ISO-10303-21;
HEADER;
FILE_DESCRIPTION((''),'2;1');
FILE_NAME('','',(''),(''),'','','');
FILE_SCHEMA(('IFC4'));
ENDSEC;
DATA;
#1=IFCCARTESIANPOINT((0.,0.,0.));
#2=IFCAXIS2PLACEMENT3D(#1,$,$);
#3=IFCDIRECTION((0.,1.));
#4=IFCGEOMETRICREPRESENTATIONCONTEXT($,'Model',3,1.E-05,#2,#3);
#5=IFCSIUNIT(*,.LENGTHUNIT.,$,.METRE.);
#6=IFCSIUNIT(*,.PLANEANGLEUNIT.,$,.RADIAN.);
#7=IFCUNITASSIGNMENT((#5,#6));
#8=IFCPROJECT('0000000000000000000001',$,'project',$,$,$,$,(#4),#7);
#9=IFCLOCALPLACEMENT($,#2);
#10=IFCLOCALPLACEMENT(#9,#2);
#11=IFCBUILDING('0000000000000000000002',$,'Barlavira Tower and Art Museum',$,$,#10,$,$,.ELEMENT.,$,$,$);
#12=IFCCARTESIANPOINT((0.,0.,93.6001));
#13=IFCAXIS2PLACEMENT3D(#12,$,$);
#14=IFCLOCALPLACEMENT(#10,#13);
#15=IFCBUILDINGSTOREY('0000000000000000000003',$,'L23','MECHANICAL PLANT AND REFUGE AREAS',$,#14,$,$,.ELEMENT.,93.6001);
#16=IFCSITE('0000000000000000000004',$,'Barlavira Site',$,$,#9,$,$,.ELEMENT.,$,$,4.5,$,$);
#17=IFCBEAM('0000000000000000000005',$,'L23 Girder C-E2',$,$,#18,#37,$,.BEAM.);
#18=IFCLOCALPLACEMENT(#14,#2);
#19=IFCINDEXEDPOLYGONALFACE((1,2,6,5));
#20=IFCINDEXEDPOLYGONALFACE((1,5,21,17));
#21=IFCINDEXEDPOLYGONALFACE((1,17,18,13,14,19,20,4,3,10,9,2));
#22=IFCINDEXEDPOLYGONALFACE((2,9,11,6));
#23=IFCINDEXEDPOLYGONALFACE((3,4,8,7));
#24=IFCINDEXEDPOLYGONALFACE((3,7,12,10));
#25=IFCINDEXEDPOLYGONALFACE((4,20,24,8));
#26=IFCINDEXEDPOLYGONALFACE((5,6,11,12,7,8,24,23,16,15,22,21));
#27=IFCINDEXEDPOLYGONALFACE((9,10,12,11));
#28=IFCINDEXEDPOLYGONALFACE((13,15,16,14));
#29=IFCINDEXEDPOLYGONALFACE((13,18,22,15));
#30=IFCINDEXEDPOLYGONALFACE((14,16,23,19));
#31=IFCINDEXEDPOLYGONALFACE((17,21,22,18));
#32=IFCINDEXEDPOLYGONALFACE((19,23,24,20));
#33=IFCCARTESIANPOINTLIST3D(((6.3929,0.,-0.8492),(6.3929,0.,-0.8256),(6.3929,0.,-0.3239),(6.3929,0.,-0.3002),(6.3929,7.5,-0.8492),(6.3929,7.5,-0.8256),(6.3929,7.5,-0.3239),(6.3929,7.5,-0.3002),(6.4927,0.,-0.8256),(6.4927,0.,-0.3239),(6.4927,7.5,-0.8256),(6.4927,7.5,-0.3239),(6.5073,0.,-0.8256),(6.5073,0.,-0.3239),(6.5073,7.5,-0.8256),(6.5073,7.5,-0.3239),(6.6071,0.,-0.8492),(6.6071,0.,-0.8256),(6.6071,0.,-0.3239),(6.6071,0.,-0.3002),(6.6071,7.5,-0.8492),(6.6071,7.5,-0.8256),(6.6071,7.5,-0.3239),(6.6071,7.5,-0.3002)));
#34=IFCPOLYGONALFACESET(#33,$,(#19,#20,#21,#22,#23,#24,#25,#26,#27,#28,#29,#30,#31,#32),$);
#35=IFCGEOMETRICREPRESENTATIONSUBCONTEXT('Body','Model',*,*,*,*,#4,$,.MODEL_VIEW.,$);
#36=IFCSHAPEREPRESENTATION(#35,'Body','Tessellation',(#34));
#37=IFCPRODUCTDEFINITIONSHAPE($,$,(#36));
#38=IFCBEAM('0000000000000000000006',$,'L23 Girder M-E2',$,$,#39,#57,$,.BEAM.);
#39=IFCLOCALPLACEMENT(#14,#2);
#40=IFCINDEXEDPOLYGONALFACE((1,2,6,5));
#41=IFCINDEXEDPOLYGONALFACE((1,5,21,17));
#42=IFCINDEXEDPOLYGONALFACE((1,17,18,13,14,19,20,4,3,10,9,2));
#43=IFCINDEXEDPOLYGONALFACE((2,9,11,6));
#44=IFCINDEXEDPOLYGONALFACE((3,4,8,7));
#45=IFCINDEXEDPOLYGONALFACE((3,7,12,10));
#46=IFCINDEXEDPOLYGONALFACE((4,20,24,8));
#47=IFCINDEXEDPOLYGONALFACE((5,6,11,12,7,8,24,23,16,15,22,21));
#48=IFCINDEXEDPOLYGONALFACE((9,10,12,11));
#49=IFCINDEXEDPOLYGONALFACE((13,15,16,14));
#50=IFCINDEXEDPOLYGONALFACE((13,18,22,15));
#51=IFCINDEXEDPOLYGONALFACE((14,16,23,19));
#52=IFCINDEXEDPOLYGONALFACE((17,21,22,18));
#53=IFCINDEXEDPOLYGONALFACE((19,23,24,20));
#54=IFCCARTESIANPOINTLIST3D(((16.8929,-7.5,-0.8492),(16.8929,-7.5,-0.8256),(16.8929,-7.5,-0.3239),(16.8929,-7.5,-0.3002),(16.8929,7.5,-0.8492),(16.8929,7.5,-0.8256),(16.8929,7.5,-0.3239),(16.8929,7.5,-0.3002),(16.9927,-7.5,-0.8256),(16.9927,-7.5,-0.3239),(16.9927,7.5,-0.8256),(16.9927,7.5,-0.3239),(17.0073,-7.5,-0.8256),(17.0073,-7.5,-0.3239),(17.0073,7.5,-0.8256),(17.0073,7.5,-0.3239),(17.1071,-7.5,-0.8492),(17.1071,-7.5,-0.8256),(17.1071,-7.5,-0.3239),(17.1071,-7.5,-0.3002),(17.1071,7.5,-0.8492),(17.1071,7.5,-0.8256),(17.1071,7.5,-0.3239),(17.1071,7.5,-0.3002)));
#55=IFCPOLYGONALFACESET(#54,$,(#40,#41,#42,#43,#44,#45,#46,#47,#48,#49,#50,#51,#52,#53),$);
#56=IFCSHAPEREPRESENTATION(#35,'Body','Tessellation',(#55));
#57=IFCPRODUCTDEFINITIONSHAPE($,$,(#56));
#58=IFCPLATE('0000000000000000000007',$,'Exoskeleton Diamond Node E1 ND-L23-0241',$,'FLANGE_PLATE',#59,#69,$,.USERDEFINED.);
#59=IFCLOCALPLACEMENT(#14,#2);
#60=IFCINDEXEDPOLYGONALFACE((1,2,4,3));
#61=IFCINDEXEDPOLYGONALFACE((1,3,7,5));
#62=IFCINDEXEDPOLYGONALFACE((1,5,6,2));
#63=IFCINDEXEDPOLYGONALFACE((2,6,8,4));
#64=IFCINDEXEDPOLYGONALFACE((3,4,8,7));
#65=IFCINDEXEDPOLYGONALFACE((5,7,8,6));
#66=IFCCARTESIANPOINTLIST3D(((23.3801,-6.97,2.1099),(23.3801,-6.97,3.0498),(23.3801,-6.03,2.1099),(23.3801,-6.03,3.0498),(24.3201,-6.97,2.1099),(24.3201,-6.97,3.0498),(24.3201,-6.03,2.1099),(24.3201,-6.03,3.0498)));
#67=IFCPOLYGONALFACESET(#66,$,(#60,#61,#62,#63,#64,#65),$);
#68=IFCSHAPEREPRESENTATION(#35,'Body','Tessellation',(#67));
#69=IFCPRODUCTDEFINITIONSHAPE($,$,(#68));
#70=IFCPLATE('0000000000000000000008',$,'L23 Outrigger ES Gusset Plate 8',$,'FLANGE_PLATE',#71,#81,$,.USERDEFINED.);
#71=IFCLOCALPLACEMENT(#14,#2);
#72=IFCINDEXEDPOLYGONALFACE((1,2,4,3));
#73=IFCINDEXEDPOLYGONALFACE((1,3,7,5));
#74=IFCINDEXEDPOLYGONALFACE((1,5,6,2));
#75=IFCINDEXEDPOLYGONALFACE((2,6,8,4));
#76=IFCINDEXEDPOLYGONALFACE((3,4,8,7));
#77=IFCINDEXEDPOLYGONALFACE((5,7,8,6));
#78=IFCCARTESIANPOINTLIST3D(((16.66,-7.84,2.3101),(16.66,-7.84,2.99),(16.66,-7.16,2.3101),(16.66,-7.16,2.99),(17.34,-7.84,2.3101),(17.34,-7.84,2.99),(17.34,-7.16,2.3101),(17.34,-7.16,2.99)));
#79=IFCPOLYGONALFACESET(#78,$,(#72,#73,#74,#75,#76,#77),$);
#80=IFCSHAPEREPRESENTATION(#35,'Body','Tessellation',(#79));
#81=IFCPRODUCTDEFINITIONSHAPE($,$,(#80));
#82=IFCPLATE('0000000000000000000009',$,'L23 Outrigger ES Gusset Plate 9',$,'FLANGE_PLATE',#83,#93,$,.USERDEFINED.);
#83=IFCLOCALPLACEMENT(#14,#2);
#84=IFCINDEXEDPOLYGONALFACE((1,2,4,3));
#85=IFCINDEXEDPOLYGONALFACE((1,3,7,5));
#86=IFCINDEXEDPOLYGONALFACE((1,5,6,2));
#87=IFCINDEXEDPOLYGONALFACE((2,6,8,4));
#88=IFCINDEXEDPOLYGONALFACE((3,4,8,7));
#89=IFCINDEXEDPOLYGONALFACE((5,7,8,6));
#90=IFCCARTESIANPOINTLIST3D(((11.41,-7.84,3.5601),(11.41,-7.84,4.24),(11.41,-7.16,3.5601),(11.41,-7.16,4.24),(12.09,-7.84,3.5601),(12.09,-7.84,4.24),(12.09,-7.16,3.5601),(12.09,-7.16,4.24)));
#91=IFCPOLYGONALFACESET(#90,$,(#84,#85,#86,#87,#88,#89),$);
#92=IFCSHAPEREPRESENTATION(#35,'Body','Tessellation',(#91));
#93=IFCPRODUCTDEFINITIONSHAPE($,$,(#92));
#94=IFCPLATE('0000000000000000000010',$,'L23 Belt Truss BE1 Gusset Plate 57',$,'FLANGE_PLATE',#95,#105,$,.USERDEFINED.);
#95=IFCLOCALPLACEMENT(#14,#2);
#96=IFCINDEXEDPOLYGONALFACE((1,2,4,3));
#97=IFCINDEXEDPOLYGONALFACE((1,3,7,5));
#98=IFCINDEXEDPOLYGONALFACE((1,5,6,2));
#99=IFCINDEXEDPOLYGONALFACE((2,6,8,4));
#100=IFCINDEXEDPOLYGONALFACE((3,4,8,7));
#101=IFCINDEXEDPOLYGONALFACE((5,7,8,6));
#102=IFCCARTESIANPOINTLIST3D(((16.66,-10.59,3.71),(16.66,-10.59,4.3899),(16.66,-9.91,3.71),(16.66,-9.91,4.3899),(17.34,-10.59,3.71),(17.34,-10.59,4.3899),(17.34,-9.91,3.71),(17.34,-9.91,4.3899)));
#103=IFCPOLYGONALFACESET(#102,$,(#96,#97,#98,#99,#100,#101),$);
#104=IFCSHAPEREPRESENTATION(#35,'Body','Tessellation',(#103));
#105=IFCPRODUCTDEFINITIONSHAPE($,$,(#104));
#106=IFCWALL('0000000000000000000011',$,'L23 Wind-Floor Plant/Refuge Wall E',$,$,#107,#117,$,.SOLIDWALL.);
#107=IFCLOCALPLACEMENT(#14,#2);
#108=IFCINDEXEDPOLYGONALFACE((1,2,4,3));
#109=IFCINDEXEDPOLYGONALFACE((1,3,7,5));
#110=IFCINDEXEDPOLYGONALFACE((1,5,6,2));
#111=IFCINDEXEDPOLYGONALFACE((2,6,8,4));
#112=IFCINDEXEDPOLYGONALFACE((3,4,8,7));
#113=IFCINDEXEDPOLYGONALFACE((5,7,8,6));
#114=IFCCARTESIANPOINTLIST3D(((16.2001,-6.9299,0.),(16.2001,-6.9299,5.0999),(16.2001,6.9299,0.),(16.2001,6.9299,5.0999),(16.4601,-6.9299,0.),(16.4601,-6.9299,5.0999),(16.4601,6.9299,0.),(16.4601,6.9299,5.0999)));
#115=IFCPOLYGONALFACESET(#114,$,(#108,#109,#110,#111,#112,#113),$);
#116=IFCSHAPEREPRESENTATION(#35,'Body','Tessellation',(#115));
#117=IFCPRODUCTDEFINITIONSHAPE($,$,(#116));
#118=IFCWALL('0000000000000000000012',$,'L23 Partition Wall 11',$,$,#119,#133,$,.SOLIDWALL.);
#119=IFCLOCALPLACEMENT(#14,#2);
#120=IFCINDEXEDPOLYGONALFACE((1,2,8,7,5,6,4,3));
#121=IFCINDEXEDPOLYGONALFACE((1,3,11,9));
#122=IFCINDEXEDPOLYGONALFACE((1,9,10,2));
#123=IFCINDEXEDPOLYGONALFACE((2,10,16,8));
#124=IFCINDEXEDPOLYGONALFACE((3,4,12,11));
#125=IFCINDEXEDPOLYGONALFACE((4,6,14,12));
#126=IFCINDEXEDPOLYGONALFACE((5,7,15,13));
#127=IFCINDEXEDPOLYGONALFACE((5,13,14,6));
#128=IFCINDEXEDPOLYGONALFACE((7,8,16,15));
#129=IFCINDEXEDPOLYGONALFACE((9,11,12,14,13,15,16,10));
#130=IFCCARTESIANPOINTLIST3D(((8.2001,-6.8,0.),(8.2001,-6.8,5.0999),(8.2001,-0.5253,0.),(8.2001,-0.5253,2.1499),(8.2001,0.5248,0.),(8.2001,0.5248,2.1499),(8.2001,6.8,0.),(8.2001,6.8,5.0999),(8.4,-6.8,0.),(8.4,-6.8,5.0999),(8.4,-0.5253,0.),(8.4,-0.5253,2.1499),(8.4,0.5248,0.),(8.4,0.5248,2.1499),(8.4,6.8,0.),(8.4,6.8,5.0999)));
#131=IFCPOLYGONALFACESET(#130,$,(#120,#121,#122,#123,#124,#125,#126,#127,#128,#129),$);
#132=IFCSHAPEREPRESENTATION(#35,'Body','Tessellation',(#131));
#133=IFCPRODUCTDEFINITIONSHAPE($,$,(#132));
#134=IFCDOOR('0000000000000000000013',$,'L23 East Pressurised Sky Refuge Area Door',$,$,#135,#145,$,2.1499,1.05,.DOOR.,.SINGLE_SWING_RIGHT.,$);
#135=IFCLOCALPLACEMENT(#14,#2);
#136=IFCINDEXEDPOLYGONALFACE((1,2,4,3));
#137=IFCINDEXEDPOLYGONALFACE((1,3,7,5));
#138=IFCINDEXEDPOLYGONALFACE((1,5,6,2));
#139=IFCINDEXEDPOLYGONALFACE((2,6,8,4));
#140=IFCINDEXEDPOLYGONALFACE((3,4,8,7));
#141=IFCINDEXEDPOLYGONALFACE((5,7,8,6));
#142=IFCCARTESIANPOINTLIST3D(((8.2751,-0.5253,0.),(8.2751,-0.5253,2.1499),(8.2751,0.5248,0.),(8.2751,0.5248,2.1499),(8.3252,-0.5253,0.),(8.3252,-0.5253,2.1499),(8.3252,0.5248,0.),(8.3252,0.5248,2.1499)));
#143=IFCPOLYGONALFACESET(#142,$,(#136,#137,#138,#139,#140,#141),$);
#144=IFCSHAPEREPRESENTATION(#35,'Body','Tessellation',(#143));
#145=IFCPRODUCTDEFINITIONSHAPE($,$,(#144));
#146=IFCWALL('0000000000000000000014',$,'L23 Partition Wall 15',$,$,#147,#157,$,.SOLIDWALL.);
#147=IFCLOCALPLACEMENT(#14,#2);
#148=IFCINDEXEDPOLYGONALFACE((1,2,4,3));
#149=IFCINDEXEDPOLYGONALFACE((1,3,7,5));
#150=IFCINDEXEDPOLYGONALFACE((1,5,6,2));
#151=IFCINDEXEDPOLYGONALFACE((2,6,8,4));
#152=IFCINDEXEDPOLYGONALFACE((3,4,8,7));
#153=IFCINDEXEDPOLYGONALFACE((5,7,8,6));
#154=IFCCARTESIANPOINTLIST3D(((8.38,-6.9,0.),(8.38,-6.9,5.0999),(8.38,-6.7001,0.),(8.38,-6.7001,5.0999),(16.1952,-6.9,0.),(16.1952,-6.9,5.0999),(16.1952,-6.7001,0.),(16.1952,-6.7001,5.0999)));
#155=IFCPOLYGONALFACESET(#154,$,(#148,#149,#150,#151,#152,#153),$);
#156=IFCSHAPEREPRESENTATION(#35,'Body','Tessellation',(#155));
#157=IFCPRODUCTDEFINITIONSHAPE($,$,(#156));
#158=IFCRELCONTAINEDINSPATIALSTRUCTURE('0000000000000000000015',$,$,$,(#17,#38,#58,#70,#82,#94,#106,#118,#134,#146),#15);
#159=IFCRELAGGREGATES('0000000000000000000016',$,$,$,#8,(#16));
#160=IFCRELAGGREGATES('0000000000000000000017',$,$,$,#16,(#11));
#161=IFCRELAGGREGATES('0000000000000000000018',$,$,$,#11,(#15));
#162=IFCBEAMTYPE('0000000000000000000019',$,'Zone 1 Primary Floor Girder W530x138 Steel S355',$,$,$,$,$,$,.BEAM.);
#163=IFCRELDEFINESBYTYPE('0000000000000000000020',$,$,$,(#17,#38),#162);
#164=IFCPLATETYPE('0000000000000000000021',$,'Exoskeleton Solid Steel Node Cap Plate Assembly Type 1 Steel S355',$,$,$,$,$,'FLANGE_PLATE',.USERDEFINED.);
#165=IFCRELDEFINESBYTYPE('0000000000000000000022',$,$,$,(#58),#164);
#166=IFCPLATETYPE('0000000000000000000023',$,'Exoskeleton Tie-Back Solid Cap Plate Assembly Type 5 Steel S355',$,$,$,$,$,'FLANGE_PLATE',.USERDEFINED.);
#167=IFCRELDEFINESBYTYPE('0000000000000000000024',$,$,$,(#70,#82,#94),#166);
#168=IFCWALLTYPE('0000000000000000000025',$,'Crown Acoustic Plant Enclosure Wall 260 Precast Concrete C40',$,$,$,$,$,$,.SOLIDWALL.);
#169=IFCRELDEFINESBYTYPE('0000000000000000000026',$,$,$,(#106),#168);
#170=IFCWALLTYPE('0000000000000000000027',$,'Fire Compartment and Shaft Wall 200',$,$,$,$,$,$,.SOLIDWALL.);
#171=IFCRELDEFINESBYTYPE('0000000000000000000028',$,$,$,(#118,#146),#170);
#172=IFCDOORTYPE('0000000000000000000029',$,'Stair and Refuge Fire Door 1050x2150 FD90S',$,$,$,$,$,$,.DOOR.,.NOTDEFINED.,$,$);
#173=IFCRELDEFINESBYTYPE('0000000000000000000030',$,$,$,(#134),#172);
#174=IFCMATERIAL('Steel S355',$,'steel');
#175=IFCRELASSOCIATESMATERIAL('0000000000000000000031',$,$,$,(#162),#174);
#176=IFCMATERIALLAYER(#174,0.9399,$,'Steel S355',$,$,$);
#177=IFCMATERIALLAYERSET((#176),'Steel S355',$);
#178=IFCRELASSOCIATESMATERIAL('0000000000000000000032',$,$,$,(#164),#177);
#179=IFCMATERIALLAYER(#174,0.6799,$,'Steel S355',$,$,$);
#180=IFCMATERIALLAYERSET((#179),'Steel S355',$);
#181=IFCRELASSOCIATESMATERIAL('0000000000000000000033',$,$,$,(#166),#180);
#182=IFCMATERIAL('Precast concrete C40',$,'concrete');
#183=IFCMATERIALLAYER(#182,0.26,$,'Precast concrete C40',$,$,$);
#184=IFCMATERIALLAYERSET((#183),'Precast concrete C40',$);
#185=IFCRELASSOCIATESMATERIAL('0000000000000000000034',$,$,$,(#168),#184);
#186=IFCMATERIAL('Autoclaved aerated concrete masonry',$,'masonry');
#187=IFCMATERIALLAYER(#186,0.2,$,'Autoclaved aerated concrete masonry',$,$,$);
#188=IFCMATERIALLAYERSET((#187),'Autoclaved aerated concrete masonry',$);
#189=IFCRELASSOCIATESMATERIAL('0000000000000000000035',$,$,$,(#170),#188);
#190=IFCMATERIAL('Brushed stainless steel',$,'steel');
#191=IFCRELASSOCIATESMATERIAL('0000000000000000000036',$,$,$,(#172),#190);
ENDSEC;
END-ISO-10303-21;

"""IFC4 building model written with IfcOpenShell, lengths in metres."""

from ifc_helpers import new_model, si_unit, direction, frame, frame_2d, origin, origin_2d, place, context, subcontext, project, spatial, rectangle, i_section, extrude, material, layer, layer_set, material_profile, profile_set, type_object, element, fill, save


model = new_model("IFC4")

# Units and contexts
model_context = context("Model", 3, precision=1e-05, world=origin(), true_north=direction((0.0, 1.0)))
body_context = subcontext(model_context, "Body", "Model", "MODEL_VIEW")
ifc_project = project(units=[si_unit("LENGTHUNIT", "METRE"), si_unit("PLANEANGLEUNIT", "RADIAN")], contexts=[model_context])

# Site, building, storey
site_placement = place(None, origin())
site = spatial("IfcSite", under=ifc_project, at=site_placement, Name="Barlavira Site", CompositionType="ELEMENT", RefElevation=4.5)
building_placement = place(site_placement, origin())
building = spatial("IfcBuilding", under=site, at=building_placement, Name="Barlavira Tower and Art Museum", CompositionType="ELEMENT")
storey_placement = place(building_placement, frame((0.0, 0.0, 93.6001)))
storey = spatial("IfcBuildingStorey", under=building, at=storey_placement, Name="L23", Description="MECHANICAL PLANT AND REFUGE AREAS", CompositionType="ELEMENT", Elevation=93.6001)

# Shared definitions
ifc_material_1 = material(Name="Steel S355", Category="steel")

# Beams
ifc_material_profile_1 = material_profile(ifc_material_1, i_section(OverallWidth=0.2141, OverallDepth=0.5491, WebThickness=0.0146, FlangeThickness=0.0237, at=origin_2d()), Name="W530x138.0")
ifc_profile_set_1 = profile_set([ifc_material_profile_1], Name="Steel S355")
beam_type_1 = type_object("IfcBeamType", Name="Zone 1 Primary Floor Girder W530x138 Steel S355", PredefinedType="BEAM", material=ifc_profile_set_1)
beam_1_placement = place(storey_placement, frame((6.5, 0.0, -0.5747), z_axis=(0.0, 1.0, 0.0), x_axis=(-1.0, 0.0, 0.0)))
element("IfcBeam", 1, at=beam_1_placement, inside=storey, type_object=beam_type_1, Name="L23 Girder C-E2", PredefinedType="BEAM", context=body_context, shape_type="SweptSolid", body=[
    extrude(i_section(OverallWidth=0.2141, OverallDepth=0.5491, WebThickness=0.0146, FlangeThickness=0.0237, at=origin_2d()), origin(), (0.0, 0.0, 1.0), 7.5),
])
beam_2_placement = place(storey_placement, frame((17.0, -7.5, -0.5747), z_axis=(0.0, 1.0, 0.0), x_axis=(-1.0, 0.0, 0.0)))
element("IfcBeam", 2, at=beam_2_placement, inside=storey, type_object=beam_type_1, Name="L23 Girder M-E2", PredefinedType="BEAM", context=body_context, shape_type="SweptSolid", body=[
    extrude(i_section(OverallWidth=0.2141, OverallDepth=0.5491, WebThickness=0.0146, FlangeThickness=0.0237, at=origin_2d()), origin(), (0.0, 0.0, 1.0), 15.0),
])

# Plates
ifc_layer_1 = layer(ifc_material_1, 0.9399, Name="Steel S355")
ifc_layer_set_1 = layer_set([ifc_layer_1], Name="Steel S355")
plate_type_1 = type_object("IfcPlateType", Name="Exoskeleton Solid Steel Node Cap Plate Assembly Type 1 Steel S355", ElementType="FLANGE_PLATE", PredefinedType="USERDEFINED", material=ifc_layer_set_1)
plate_placement = place(storey_placement, frame((23.8501, -6.5, 2.1099), z_axis=(0.0, 0.0, 1.0), x_axis=(1.0, 0.0, 0.0)))
element("IfcPlate", 3, at=plate_placement, inside=storey, type_object=plate_type_1, Name="Exoskeleton Diamond Node E1 ND-L23-0241", ObjectType="FLANGE_PLATE", PredefinedType="USERDEFINED", context=body_context, shape_type="SweptSolid", body=[
    extrude(rectangle(XDim=0.9399, YDim=0.9399, at=origin_2d()), origin(), (0.0, 0.0, 1.0), 0.9399),
])
ifc_layer_2 = layer(ifc_material_1, 0.6799, Name="Steel S355")
ifc_layer_set_2 = layer_set([ifc_layer_2], Name="Steel S355")
plate_type_2 = type_object("IfcPlateType", Name="Exoskeleton Tie-Back Solid Cap Plate Assembly Type 5 Steel S355", ElementType="FLANGE_PLATE", PredefinedType="USERDEFINED", material=ifc_layer_set_2)
for number, where, z_axis, x_axis, name in (
    (4, (17.0, -7.5, 2.3101), (0.0, 0.0, 1.0), (1.0, 0.0, 0.0), "L23 Outrigger ES Gusset Plate 8"),
    (5, (11.75, -7.5, 3.5601), (0.0, 0.0, 1.0), (1.0, 0.0, 0.0), "L23 Outrigger ES Gusset Plate 9"),
    (6, (17.0, -10.25, 3.71), (0.0, 0.0, 1.0), (1.0, 0.0, 0.0), "L23 Belt Truss BE1 Gusset Plate 57"),
):
    element("IfcPlate", number, at=place(storey_placement, frame(where, z_axis=z_axis, x_axis=x_axis)), inside=storey, type_object=plate_type_2, Name=name, ObjectType="FLANGE_PLATE", PredefinedType="USERDEFINED", context=body_context, shape_type="SweptSolid", body=[
        extrude(rectangle(XDim=0.6799, YDim=0.6799, at=origin_2d()), origin(), (0.0, 0.0, 1.0), 0.6799),
    ])

# Wall
ifc_material_2 = material(Name="Precast concrete C40", Category="concrete")
ifc_layer_3 = layer(ifc_material_2, 0.26, Name="Precast concrete C40")
ifc_layer_set_3 = layer_set([ifc_layer_3], Name="Precast concrete C40")
wall_type_1 = type_object("IfcWallType", Name="Crown Acoustic Plant Enclosure Wall 260 Precast Concrete C40", PredefinedType="SOLIDWALL", material=ifc_layer_set_3)
wall_1_placement = place(storey_placement, frame((16.3301, -6.9299, 0.0), z_axis=(0.0, 0.0, 1.0), x_axis=(0.0, 1.0, 0.0)))
element("IfcWall", 7, at=wall_1_placement, inside=storey, type_object=wall_type_1, Name="L23 Wind-Floor Plant/Refuge Wall E", PredefinedType="SOLIDWALL", context=body_context, shape_type="SweptSolid", body=[
    extrude(rectangle(XDim=13.8599, YDim=0.26, at=frame_2d((6.9299, 0.0))), origin(), (0.0, 0.0, 1.0), 5.0999),
])

# Wall, opening, door
ifc_material_3 = material(Name="Autoclaved aerated concrete masonry", Category="masonry")
ifc_layer_4 = layer(ifc_material_3, 0.2, Name="Autoclaved aerated concrete masonry")
ifc_layer_set_4 = layer_set([ifc_layer_4], Name="Autoclaved aerated concrete masonry")
wall_type_2 = type_object("IfcWallType", Name="Fire Compartment and Shaft Wall 200", PredefinedType="SOLIDWALL", material=ifc_layer_set_4)
wall_2_placement = place(storey_placement, frame((8.3, -6.8, 0.0), z_axis=(0.0, 0.0, 1.0), x_axis=(0.0, 1.0, 0.0)))
wall_2 = element("IfcWall", 8, at=wall_2_placement, inside=storey, type_object=wall_type_2, Name="L23 Partition Wall 11", PredefinedType="SOLIDWALL", context=body_context, shape_type="SweptSolid", body=[
    extrude(rectangle(XDim=13.6001, YDim=0.2, at=frame_2d((6.8, 0.0))), origin(), (0.0, 0.0, 1.0), 5.0999),
])
opening_placement = place(wall_2_placement, frame((6.2749, 0.0, 0.0)))
opening = element("IfcOpeningElement", 9, at=opening_placement, cuts=wall_2, PredefinedType="OPENING", context=body_context, shape_type="SweptSolid", body=[
    extrude(rectangle(XDim=1.05, YDim=2.1499, at=frame_2d((0.5249, 1.075))), frame((0.0, 0.1099, 0.0), z_axis=(0.0, -1.0, 0.0), x_axis=(1.0, 0.0, 0.0)), (0.0, 0.0, 1.0), 0.22),
])
ifc_material_4 = material(Name="Brushed stainless steel", Category="steel")
door_type = type_object("IfcDoorType", Name="Stair and Refuge Fire Door 1050x2150 FD90S", OperationType="NOTDEFINED", PredefinedType="DOOR", material=ifc_material_4)
door_placement = place(opening_placement, origin())
door = element("IfcDoor", 10, at=door_placement, inside=storey, type_object=door_type, Name="L23 East Pressurised Sky Refuge Area Door", OperationType="SINGLE_SWING_RIGHT", OverallHeight=2.1499, OverallWidth=1.05, PredefinedType="DOOR", context=body_context, shape_type="SweptSolid", body=[
    extrude(rectangle(XDim=1.05, YDim=2.1499, at=frame_2d((0.5249, 1.075))), frame((0.0, 0.0249, 0.0), z_axis=(0.0, -1.0, 0.0), x_axis=(1.0, 0.0, 0.0)), (0.0, 0.0, 1.0), 0.05),
])
fill(opening, door)

# Wall
wall_3_placement = place(storey_placement, frame((8.3799, -6.8, 0.0), z_axis=(0.0, 0.0, 1.0), x_axis=(1.0, 0.0, 0.0)))
element("IfcWall", 11, at=wall_3_placement, inside=storey, type_object=wall_type_2, Name="L23 Partition Wall 15", PredefinedType="SOLIDWALL", context=body_context, shape_type="SweptSolid", body=[
    extrude(rectangle(XDim=7.8152, YDim=0.2, at=frame_2d((3.9077, 0.0))), origin(), (0.0, 0.0, 1.0), 5.0999),
])

save(model, "model.ifc")
